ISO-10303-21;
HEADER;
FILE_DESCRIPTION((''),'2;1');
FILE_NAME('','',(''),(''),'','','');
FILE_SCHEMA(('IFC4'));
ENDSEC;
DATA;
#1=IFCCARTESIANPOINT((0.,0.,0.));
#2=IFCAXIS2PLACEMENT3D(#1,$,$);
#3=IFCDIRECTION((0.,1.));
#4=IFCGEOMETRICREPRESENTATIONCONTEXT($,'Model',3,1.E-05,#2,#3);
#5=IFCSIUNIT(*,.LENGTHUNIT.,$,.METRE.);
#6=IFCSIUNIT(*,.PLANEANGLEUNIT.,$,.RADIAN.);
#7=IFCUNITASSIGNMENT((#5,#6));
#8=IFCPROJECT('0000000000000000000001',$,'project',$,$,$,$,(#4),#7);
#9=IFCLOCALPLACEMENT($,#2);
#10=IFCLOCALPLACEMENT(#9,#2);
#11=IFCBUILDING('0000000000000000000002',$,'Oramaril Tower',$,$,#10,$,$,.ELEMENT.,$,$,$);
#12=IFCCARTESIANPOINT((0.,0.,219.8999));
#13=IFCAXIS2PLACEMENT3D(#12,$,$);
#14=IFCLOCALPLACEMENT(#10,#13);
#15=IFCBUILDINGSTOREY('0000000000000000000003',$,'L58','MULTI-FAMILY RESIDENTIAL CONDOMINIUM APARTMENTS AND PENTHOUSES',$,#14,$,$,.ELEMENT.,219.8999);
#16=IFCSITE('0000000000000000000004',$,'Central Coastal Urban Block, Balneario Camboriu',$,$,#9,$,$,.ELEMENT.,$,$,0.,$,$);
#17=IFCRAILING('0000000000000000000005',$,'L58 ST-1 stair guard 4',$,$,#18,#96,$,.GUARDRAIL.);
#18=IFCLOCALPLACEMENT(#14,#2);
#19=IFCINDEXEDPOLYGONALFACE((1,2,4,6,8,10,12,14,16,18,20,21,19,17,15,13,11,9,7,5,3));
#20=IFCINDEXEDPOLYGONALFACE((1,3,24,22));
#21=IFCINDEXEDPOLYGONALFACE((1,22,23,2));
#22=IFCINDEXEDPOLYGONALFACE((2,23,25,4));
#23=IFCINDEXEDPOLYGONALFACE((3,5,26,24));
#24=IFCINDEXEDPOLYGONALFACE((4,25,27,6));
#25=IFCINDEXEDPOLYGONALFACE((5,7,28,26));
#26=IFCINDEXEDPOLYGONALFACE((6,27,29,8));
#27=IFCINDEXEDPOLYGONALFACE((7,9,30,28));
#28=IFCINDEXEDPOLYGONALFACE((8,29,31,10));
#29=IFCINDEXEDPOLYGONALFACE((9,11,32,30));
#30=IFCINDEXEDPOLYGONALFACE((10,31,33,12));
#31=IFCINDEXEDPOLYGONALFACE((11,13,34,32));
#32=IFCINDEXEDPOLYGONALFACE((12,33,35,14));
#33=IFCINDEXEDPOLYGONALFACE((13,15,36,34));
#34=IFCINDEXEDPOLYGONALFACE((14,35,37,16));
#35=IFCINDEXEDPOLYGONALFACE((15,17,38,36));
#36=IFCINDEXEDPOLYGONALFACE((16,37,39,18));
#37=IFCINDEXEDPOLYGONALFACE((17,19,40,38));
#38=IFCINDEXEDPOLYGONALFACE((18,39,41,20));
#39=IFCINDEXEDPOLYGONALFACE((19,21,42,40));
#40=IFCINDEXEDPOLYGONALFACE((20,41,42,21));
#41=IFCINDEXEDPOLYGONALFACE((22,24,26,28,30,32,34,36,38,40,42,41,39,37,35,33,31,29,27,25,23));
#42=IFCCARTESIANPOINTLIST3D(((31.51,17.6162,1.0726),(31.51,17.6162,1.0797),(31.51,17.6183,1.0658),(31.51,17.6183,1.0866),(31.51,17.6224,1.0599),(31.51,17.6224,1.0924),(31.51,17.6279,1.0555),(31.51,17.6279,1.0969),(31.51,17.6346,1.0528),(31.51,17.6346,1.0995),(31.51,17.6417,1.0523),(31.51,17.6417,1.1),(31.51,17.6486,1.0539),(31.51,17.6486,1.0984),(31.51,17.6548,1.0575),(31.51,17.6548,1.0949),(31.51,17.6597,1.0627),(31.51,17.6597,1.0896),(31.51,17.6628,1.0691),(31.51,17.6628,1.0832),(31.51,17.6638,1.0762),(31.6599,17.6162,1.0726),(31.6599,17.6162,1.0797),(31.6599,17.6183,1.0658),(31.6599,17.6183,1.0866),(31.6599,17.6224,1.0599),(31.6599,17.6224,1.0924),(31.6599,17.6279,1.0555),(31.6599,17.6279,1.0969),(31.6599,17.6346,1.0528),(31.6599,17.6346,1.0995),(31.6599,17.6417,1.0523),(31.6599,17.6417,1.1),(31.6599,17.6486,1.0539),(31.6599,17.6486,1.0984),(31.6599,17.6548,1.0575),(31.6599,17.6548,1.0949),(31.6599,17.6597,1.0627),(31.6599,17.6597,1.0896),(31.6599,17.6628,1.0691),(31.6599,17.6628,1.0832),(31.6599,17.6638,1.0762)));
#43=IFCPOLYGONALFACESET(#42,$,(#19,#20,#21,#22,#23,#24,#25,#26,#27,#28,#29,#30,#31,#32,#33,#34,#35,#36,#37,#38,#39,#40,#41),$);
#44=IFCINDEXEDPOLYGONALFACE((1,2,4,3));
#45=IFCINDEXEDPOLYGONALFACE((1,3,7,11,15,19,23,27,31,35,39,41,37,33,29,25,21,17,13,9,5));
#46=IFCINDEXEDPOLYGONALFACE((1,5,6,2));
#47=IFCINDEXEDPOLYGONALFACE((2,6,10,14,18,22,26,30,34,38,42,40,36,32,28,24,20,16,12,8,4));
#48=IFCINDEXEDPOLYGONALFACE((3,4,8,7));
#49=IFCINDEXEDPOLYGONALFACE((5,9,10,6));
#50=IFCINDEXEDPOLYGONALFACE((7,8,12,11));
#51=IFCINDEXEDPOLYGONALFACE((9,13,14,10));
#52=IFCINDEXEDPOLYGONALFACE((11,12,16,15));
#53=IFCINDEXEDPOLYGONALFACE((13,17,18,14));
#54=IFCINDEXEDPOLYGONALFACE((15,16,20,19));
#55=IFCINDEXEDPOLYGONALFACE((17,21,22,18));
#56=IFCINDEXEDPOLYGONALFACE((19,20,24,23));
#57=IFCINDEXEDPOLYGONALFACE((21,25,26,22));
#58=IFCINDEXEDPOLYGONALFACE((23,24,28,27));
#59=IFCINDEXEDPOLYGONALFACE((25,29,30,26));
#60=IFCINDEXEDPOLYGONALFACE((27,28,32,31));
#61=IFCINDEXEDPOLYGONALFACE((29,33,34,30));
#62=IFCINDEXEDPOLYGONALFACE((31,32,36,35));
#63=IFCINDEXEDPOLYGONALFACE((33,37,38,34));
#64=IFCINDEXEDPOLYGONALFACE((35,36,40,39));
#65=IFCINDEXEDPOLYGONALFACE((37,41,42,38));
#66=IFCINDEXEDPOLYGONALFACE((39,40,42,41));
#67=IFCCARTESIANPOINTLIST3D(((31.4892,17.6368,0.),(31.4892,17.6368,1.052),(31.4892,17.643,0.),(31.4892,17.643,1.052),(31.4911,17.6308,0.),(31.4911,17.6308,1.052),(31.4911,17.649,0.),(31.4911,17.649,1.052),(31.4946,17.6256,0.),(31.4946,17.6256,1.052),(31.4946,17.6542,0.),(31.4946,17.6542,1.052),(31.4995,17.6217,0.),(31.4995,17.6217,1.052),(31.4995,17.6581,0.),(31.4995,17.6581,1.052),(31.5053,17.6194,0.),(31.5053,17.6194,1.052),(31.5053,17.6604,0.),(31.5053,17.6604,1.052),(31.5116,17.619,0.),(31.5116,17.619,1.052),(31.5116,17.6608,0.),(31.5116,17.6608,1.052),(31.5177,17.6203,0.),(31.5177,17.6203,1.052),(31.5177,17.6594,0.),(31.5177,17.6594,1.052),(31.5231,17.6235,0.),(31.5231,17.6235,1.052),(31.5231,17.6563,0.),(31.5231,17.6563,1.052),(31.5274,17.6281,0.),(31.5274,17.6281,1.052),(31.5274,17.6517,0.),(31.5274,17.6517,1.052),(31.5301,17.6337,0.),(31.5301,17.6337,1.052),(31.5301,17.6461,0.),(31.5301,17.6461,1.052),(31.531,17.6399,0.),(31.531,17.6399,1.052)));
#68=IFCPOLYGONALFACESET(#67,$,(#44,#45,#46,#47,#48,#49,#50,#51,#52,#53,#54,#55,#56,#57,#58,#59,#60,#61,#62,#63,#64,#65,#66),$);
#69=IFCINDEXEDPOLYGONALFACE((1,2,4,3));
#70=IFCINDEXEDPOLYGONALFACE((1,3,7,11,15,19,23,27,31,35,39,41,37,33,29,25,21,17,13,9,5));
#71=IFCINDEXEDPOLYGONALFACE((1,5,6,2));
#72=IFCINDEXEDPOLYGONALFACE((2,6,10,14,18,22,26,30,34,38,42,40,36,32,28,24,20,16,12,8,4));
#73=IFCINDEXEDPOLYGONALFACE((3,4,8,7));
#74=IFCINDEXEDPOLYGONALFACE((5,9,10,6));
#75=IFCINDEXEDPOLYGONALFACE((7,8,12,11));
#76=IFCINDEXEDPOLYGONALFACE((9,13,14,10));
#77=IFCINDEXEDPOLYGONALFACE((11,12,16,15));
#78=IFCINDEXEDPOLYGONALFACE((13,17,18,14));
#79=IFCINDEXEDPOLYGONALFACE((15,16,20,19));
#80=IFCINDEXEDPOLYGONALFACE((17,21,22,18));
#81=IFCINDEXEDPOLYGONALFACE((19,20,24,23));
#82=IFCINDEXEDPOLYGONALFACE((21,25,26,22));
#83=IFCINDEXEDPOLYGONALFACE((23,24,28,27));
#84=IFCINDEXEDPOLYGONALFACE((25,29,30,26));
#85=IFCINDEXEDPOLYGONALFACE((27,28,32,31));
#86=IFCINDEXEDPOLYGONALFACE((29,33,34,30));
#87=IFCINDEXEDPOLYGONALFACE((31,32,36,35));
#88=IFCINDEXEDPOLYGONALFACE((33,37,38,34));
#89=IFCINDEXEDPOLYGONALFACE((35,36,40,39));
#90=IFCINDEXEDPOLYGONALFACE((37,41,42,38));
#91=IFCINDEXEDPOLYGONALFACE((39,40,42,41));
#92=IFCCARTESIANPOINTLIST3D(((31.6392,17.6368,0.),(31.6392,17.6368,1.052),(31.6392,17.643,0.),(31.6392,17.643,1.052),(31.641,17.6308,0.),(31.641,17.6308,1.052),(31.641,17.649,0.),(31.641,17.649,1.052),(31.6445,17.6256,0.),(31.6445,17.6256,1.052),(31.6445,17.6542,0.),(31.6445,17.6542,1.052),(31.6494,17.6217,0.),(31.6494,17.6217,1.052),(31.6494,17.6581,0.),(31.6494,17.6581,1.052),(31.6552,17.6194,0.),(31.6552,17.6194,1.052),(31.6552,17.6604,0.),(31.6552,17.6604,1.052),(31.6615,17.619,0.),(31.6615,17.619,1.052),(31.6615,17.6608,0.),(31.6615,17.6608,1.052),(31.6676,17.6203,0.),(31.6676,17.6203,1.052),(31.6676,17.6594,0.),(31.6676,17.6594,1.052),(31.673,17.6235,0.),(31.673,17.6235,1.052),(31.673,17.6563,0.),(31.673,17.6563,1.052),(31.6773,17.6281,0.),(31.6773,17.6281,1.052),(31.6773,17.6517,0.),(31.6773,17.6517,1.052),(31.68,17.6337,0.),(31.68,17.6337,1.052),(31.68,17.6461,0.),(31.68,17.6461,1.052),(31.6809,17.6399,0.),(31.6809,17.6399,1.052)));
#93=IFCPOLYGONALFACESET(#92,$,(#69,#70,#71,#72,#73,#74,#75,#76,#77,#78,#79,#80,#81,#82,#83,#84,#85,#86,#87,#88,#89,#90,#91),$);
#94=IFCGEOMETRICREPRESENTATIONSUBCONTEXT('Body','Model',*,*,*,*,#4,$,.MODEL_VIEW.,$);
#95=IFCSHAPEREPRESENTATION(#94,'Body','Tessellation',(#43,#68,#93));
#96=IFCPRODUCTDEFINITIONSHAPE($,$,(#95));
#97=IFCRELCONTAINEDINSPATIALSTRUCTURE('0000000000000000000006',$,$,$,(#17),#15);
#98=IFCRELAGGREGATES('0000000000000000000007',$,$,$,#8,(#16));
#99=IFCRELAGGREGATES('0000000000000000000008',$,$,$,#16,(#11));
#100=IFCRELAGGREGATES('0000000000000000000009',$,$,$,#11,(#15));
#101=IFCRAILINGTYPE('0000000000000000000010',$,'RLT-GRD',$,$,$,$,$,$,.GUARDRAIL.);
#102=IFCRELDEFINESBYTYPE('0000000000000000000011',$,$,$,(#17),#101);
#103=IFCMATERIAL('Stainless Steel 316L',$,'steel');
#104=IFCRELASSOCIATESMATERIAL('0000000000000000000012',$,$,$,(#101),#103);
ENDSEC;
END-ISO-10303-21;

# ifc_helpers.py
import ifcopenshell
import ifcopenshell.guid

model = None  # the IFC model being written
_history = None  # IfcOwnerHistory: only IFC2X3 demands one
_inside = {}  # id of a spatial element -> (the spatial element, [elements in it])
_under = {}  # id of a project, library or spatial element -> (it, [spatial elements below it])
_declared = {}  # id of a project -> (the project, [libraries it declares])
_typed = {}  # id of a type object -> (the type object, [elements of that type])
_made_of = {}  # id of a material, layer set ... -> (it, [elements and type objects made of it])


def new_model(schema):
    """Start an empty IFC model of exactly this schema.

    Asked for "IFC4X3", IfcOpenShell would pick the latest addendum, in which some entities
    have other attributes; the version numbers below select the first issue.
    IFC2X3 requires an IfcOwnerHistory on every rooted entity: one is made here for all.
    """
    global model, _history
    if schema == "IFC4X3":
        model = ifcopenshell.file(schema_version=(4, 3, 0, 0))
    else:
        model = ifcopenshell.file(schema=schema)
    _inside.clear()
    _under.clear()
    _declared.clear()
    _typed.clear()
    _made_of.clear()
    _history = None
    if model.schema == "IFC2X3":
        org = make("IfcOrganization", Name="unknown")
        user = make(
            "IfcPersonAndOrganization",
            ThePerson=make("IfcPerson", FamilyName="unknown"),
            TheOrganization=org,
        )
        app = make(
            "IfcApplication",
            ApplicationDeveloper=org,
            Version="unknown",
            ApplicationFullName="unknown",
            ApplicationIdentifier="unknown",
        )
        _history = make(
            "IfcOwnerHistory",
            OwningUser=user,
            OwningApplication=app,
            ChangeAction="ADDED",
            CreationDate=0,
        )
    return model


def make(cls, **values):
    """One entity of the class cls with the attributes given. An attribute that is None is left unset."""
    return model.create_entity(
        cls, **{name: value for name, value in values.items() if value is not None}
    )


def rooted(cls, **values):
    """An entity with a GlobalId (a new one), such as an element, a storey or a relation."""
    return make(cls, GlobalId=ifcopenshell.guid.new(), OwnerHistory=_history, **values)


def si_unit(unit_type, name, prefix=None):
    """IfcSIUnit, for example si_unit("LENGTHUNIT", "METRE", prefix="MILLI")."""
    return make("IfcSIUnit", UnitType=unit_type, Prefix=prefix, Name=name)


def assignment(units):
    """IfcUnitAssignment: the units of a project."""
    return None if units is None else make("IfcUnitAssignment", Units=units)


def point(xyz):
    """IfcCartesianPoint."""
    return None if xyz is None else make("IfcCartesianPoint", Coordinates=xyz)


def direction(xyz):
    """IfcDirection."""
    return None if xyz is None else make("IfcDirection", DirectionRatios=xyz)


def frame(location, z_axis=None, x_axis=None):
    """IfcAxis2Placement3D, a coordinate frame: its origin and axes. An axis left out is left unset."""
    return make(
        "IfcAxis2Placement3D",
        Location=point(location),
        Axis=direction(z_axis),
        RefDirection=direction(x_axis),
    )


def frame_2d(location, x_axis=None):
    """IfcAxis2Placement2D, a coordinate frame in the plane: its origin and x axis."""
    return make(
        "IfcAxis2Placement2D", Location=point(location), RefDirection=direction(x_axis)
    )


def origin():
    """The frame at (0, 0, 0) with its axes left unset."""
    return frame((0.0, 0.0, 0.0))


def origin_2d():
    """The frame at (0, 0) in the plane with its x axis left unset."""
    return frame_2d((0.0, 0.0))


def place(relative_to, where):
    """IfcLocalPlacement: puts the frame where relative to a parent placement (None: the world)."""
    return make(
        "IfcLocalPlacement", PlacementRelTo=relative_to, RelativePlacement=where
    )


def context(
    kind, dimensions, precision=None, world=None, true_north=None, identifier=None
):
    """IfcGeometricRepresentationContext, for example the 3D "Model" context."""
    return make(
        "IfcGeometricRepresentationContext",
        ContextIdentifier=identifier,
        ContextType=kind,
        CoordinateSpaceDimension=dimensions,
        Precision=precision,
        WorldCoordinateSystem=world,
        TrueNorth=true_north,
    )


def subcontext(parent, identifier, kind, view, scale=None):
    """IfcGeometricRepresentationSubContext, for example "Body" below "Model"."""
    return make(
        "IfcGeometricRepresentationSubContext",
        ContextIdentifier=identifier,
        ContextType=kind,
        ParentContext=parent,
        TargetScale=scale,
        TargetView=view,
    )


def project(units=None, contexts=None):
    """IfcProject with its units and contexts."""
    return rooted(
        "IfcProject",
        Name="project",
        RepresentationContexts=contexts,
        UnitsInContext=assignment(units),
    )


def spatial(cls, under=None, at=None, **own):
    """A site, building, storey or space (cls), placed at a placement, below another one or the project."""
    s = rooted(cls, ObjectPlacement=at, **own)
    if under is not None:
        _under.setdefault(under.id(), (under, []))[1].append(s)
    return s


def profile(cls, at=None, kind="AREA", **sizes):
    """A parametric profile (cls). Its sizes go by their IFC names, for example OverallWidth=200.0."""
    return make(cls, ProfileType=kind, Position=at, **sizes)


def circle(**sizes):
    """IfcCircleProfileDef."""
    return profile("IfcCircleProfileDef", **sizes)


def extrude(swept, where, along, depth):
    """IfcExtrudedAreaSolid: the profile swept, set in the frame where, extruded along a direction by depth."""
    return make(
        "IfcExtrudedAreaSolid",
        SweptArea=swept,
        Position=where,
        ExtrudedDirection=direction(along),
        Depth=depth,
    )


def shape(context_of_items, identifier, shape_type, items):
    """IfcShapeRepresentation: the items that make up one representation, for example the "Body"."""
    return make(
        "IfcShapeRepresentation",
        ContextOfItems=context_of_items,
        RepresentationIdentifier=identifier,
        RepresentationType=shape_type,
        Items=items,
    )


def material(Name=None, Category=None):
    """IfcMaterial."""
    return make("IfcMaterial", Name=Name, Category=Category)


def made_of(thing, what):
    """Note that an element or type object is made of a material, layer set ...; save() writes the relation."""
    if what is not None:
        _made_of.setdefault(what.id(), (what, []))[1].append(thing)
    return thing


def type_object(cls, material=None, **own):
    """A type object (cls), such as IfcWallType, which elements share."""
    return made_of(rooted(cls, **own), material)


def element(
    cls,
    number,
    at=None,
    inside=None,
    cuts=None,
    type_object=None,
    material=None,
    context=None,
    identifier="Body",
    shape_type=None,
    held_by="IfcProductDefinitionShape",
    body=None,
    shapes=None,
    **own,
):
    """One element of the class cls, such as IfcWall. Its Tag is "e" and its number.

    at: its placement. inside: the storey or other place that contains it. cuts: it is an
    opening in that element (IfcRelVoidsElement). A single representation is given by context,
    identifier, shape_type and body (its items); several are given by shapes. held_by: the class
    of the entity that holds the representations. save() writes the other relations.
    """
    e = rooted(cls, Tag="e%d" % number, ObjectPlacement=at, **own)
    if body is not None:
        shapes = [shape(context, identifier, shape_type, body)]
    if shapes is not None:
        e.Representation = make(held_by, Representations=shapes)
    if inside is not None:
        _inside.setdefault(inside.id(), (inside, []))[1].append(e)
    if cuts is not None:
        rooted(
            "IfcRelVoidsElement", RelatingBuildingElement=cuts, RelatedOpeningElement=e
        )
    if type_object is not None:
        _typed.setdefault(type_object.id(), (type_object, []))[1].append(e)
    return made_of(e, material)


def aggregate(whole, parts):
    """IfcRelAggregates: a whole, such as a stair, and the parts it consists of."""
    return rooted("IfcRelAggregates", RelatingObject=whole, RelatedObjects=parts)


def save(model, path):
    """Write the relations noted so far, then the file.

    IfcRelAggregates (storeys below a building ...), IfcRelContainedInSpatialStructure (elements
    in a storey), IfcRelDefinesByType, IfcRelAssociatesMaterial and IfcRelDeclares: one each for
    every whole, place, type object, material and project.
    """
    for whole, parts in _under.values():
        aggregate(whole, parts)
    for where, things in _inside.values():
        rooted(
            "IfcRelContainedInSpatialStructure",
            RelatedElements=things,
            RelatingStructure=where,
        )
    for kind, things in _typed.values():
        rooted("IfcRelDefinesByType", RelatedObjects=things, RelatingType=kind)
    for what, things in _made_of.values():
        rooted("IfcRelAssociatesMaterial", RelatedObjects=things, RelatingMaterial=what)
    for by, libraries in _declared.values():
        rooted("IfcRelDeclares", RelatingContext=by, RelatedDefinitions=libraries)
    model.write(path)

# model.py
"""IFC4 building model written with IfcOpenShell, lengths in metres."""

from ifc_helpers import new_model, si_unit, direction, frame, origin, origin_2d, place, context, subcontext, project, spatial, circle, extrude, material, type_object, element, save


model = new_model("IFC4")

# Units and contexts
model_context = context("Model", 3, precision=1e-05, world=origin(), true_north=direction((0.0, 1.0)))
body_context = subcontext(model_context, "Body", "Model", "MODEL_VIEW")
ifc_project = project(units=[si_unit("LENGTHUNIT", "METRE"), si_unit("PLANEANGLEUNIT", "RADIAN")], contexts=[model_context])

# Site, building, storey
site_placement = place(None, origin())
site = spatial("IfcSite", under=ifc_project, at=site_placement, Name="Central Coastal Urban Block, Balneario Camboriu", CompositionType="ELEMENT", RefElevation=0.0)
building_placement = place(site_placement, origin())
building = spatial("IfcBuilding", under=site, at=building_placement, Name="Oramaril Tower", CompositionType="ELEMENT")
storey_placement = place(building_placement, frame((0.0, 0.0, 219.8999)))
storey = spatial("IfcBuildingStorey", under=building, at=storey_placement, Name="L58", Description="MULTI-FAMILY RESIDENTIAL CONDOMINIUM APARTMENTS AND PENTHOUSES", CompositionType="ELEMENT", Elevation=219.8999)

# Railing
ifc_material_1 = material(Name="Stainless Steel 316L", Category="steel")
railing_type_1 = type_object("IfcRailingType", Name="RLT-GRD", PredefinedType="GUARDRAIL", material=ifc_material_1)
railing_1_placement = place(storey_placement, frame((31.51, 17.6399, 0.0)))
element("IfcRailing", 1, at=railing_1_placement, inside=storey, type_object=railing_type_1, Name="L58 ST-1 stair guard 4", PredefinedType="GUARDRAIL", context=body_context, shape_type="SweptSolid", body=[
    extrude(circle(Radius=0.0239, at=origin_2d()), frame((0.0, 0.0, 1.0762), z_axis=(1.0, 0.0, 0.0), x_axis=(0.0, 1.0, 0.0)), (0.0, 0.0, 1.0), 0.1499),
    extrude(circle(Radius=0.021, at=origin_2d()), origin(), (0.0, 0.0, 1.0), 1.052),
    extrude(circle(Radius=0.021, at=origin_2d()), frame((0.1499, 0.0, 0.0)), (0.0, 0.0, 1.0), 1.052),
])

save(model, "model.ifc")
